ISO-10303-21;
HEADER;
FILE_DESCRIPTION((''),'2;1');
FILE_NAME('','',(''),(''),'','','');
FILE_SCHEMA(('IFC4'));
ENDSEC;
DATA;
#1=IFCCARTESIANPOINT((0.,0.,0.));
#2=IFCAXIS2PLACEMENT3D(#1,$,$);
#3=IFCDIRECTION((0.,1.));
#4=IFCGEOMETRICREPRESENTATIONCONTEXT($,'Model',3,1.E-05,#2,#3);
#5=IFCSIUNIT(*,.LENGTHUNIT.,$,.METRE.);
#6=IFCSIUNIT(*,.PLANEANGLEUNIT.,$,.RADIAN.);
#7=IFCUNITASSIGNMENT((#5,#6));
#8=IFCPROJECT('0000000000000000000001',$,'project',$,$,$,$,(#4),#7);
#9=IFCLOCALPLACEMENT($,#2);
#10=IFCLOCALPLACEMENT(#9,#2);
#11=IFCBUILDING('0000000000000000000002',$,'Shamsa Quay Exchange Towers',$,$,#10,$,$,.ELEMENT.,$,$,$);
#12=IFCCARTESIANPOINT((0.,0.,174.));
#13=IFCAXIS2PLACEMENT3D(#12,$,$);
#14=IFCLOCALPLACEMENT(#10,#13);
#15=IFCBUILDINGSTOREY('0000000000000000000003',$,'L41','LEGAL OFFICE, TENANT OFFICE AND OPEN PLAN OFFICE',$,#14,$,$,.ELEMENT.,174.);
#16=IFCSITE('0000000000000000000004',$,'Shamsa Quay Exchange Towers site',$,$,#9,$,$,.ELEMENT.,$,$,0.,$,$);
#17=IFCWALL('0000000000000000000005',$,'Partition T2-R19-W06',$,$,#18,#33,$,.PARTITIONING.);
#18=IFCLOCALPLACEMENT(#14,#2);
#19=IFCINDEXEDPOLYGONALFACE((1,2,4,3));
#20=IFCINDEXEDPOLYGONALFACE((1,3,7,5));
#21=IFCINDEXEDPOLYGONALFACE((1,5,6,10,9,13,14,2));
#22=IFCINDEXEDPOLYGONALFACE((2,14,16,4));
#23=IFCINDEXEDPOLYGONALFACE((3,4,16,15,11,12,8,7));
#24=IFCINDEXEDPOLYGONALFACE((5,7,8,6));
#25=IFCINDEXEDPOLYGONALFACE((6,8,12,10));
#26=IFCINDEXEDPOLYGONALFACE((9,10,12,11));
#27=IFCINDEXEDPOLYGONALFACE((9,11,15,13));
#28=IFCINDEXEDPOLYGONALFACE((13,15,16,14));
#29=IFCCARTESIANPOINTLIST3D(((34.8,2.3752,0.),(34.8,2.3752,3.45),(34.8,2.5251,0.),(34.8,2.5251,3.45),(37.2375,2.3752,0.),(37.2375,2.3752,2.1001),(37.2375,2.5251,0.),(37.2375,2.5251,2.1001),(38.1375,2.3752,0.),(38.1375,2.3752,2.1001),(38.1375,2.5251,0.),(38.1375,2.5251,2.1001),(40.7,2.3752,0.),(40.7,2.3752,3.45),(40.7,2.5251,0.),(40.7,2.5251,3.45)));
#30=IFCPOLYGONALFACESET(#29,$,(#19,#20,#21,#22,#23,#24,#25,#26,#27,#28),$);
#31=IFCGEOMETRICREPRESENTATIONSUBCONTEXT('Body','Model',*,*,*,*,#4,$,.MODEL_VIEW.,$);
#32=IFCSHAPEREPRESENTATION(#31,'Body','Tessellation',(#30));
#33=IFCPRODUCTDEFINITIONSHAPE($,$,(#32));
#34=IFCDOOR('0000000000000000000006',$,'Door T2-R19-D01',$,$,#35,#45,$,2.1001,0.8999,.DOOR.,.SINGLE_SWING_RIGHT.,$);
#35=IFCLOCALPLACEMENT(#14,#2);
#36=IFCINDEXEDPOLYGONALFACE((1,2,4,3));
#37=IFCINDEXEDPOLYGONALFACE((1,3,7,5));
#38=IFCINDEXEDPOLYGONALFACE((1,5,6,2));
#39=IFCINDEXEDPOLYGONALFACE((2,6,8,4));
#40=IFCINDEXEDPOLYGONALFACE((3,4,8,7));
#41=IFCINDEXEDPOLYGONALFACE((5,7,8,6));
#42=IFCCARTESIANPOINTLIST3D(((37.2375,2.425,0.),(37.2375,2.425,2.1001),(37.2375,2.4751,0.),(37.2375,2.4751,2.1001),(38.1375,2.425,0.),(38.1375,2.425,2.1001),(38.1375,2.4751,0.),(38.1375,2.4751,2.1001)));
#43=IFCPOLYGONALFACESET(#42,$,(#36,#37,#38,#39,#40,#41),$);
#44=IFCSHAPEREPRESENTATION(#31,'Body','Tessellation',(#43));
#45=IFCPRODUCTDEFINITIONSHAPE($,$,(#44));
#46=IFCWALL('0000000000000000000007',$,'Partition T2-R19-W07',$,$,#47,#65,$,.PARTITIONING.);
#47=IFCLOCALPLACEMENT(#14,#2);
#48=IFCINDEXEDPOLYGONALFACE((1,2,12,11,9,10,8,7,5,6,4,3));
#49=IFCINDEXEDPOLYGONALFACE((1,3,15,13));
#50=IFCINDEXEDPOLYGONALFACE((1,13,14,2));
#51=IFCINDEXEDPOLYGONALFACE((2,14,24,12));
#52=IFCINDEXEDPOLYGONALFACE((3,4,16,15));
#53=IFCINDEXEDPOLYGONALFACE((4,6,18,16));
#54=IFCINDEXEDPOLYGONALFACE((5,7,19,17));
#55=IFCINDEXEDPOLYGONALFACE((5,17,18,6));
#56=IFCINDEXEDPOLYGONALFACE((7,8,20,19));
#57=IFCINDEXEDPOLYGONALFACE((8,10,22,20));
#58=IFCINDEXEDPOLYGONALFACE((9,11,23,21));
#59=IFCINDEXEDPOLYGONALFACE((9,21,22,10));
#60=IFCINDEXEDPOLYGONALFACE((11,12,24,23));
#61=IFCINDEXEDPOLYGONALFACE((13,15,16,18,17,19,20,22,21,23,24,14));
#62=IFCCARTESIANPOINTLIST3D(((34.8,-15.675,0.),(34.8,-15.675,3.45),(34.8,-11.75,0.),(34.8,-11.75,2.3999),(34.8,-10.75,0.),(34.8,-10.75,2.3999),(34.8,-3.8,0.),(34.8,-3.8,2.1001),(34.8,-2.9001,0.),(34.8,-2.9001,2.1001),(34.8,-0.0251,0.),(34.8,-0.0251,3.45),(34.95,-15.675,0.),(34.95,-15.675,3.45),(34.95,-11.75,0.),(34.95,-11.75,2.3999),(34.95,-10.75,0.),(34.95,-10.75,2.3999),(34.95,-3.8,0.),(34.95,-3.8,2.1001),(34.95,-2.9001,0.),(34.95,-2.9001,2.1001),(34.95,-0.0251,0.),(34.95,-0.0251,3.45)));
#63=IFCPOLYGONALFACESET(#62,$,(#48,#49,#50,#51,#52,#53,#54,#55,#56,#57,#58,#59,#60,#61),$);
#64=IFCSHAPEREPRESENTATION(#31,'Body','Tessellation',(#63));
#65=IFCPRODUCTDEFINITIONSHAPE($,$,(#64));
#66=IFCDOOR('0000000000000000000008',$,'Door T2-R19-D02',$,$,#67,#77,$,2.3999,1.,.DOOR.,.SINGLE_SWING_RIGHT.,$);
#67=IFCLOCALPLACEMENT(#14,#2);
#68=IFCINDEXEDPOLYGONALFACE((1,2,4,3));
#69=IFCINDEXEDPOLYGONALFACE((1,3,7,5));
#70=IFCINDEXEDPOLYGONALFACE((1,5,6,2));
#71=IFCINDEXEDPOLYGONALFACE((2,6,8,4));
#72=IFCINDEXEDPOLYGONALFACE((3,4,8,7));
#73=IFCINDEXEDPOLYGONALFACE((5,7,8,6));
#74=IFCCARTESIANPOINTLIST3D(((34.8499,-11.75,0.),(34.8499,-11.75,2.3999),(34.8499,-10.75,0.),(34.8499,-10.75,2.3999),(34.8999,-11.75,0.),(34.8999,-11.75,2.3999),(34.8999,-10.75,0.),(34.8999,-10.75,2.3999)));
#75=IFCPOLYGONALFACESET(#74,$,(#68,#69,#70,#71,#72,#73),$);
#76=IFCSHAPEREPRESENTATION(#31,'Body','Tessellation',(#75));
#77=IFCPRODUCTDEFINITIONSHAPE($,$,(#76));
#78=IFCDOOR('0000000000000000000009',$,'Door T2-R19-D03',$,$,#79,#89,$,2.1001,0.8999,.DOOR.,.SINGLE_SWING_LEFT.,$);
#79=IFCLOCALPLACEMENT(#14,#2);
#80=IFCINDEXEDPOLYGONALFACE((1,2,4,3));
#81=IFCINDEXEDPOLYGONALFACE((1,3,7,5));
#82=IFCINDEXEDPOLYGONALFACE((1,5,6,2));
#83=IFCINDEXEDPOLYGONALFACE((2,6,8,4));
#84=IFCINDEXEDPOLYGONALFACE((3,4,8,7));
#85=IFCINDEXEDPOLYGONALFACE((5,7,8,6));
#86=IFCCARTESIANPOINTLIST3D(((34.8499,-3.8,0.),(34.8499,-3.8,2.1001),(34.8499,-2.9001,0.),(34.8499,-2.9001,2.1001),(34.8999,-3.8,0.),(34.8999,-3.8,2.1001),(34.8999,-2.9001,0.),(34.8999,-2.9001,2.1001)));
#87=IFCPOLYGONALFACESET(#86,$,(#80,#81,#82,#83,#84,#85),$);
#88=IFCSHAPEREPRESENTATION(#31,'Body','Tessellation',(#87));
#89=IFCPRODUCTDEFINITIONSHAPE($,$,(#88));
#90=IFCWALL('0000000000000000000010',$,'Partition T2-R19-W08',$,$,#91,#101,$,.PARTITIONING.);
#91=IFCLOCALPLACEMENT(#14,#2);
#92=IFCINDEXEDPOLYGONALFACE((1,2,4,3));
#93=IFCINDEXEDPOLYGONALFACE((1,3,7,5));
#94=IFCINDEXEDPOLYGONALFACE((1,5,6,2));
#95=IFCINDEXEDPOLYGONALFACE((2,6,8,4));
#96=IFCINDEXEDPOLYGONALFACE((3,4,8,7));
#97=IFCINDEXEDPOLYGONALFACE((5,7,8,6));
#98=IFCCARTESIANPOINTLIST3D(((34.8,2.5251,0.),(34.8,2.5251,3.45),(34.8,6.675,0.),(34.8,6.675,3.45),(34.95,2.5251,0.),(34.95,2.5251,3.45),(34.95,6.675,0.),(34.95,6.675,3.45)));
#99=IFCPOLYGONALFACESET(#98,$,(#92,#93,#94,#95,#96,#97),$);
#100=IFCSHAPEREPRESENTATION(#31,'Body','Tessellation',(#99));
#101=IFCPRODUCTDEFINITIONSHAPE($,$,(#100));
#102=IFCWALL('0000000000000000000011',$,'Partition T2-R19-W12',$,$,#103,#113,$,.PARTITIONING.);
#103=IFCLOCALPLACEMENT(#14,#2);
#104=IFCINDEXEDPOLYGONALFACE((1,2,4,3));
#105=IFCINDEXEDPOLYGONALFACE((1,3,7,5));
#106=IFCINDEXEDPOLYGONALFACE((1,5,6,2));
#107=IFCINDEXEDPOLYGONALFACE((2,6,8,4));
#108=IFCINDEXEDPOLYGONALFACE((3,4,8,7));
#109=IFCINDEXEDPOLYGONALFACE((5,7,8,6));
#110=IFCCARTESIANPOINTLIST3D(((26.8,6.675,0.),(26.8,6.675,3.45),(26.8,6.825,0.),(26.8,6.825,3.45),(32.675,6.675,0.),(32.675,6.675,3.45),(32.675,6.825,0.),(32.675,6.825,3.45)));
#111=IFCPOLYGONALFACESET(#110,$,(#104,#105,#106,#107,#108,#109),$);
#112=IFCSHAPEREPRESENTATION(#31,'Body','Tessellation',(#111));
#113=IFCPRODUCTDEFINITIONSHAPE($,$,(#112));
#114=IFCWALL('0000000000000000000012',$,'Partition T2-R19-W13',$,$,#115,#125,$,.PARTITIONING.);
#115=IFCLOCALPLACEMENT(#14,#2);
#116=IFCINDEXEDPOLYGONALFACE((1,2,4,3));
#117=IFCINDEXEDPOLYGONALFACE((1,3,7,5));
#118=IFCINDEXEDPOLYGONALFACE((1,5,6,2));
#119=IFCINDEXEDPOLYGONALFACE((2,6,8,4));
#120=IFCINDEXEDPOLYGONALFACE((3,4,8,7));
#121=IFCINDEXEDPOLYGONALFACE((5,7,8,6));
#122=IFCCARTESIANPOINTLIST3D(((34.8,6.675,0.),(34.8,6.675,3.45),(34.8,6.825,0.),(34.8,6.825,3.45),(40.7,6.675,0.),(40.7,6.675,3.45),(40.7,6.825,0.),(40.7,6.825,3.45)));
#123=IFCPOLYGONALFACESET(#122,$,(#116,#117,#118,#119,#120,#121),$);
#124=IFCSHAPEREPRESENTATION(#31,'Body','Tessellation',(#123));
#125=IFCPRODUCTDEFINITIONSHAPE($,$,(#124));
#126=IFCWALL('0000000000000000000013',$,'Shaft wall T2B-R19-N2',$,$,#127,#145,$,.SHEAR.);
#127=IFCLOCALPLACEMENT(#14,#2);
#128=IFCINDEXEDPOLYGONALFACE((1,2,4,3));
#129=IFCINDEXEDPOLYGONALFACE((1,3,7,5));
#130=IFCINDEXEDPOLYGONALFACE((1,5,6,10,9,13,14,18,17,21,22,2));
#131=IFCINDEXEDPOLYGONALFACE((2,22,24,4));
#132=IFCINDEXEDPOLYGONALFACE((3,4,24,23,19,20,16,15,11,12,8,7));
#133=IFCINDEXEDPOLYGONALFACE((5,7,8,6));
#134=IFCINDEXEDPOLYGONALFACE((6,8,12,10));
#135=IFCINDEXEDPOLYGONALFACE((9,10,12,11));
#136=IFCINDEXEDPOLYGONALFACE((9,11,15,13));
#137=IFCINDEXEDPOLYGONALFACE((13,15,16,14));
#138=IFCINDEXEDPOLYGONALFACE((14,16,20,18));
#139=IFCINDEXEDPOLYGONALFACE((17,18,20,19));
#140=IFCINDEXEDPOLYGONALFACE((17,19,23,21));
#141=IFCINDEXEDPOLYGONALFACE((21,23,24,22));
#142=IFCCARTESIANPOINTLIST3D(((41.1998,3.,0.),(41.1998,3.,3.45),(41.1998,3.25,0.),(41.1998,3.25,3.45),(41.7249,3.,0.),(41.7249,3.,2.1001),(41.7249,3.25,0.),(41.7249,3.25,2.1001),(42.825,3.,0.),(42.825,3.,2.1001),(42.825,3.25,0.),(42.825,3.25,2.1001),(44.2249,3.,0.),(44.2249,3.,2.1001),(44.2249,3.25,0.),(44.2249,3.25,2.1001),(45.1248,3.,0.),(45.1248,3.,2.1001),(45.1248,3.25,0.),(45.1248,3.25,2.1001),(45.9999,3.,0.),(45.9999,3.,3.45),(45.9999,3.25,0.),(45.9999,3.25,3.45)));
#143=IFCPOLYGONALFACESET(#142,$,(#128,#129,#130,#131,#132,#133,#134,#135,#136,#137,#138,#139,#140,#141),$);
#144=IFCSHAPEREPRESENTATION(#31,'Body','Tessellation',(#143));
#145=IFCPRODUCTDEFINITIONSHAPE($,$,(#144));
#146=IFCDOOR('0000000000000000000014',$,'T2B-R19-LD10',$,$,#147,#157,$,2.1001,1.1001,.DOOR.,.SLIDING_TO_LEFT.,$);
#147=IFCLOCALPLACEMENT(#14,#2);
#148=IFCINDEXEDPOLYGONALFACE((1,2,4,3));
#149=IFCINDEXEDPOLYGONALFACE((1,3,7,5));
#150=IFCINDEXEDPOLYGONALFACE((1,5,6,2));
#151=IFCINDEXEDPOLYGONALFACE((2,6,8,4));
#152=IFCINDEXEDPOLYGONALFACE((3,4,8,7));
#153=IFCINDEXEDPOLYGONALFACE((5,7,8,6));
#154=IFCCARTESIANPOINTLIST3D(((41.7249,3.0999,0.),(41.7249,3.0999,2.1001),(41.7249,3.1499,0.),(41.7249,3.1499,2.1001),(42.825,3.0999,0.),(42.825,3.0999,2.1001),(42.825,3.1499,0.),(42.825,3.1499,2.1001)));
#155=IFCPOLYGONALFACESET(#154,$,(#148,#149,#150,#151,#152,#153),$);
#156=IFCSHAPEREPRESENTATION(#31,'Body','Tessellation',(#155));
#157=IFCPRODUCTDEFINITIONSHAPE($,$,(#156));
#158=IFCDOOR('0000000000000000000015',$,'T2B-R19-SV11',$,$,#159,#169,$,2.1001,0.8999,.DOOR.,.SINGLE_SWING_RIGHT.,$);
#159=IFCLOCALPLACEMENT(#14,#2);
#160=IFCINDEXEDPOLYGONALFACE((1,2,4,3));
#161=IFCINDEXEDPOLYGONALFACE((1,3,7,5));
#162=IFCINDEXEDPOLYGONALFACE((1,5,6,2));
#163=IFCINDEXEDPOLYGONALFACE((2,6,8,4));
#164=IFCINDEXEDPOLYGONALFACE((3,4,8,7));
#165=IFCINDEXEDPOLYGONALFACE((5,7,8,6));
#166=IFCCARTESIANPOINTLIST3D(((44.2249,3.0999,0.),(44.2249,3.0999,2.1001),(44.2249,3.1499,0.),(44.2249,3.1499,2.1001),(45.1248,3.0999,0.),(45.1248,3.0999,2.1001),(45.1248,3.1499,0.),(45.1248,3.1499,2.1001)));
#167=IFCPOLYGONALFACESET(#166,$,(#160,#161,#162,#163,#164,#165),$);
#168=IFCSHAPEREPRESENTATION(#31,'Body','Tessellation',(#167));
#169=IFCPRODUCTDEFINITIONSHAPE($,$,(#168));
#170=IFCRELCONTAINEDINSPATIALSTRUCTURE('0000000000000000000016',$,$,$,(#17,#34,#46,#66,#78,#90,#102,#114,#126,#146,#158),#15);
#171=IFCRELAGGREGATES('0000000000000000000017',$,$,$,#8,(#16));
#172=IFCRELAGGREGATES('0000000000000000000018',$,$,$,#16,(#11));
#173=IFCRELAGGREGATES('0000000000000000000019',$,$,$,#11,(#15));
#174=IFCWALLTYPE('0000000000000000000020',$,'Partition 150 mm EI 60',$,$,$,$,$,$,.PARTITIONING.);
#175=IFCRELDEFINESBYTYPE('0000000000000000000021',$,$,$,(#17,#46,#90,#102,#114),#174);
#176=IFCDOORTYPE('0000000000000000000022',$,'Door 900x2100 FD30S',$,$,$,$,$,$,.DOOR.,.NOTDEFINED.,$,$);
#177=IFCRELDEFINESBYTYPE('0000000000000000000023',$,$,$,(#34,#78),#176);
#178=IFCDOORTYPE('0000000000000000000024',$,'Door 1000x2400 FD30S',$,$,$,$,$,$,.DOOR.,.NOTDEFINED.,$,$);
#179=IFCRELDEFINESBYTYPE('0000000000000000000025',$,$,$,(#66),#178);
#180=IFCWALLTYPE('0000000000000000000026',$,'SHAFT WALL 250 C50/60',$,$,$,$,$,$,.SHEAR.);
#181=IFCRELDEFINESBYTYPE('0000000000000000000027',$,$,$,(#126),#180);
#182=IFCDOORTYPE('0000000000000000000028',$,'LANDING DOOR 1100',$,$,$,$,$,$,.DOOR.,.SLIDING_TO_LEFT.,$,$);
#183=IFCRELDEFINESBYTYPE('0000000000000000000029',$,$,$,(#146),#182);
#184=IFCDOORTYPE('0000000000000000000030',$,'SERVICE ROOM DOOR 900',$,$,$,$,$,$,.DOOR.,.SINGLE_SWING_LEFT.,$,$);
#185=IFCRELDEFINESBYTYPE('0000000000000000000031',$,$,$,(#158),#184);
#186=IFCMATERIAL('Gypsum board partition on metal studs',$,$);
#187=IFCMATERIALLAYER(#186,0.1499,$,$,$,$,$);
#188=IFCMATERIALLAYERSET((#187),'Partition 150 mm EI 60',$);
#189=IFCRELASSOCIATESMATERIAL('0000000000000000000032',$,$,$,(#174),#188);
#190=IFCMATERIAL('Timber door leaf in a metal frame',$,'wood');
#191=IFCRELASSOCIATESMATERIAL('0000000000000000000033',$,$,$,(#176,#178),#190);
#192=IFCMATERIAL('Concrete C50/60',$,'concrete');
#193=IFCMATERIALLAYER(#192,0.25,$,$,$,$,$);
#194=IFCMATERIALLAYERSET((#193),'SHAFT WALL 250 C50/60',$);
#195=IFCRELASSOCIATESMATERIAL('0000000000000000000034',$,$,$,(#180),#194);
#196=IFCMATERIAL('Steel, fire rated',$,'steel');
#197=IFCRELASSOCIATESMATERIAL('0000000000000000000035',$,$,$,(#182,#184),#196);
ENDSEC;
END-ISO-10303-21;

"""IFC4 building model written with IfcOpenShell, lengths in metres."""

from ifc_helpers import new_model, si_unit, direction, frame, frame_2d, origin, place, context, subcontext, project, spatial, rectangle, extrude, material, layer, layer_set, type_object, element, fill, save


model = new_model("IFC4")

# Units and contexts
model_context = context("Model", 3, precision=1e-05, world=origin(), true_north=direction((0.0, 1.0)))
body_context = subcontext(model_context, "Body", "Model", "MODEL_VIEW")
ifc_project = project(units=[si_unit("LENGTHUNIT", "METRE"), si_unit("PLANEANGLEUNIT", "RADIAN")], contexts=[model_context])

# Site, building, storey
site_placement = place(None, origin())
site = spatial("IfcSite", under=ifc_project, at=site_placement, Name="Shamsa Quay Exchange Towers site", CompositionType="ELEMENT", RefElevation=0.0)
building_placement = place(site_placement, origin())
building = spatial("IfcBuilding", under=site, at=building_placement, Name="Shamsa Quay Exchange Towers", CompositionType="ELEMENT")
storey_placement = place(building_placement, frame((0.0, 0.0, 174.0)))
storey = spatial("IfcBuildingStorey", under=building, at=storey_placement, Name="L41", Description="LEGAL OFFICE, TENANT OFFICE AND OPEN PLAN OFFICE", CompositionType="ELEMENT", Elevation=174.0)

# Shared definitions
ifc_material_1 = material(Name="Gypsum board partition on metal studs")
ifc_layer_1 = layer(ifc_material_1, 0.1499)
ifc_layer_set_1 = layer_set([ifc_layer_1], Name="Partition 150 mm EI 60")
wall_type_1 = type_object("IfcWallType", Name="Partition 150 mm EI 60", PredefinedType="PARTITIONING", material=ifc_layer_set_1)

# Wall, opening, door
wall_1_placement = place(storey_placement, frame((34.8, 2.4502, 0.0)))
wall_1 = element("IfcWall", 1, at=wall_1_placement, inside=storey, type_object=wall_type_1, Name="Partition T2-R19-W06", PredefinedType="PARTITIONING", context=body_context, shape_type="SweptSolid", body=[
    extrude(rectangle(XDim=5.8999, YDim=0.1499, at=frame_2d((2.95, 0.0))), origin(), (0.0, 0.0, 1.0), 3.45),
])
opening_1_placement = place(wall_1_placement, frame((2.4375, 0.0, 0.0)))
opening_1 = element("IfcOpeningElement", 2, at=opening_1_placement, cuts=wall_1, PredefinedType="OPENING", context=body_context, shape_type="SweptSolid", body=[
    extrude(rectangle(XDim=0.8999, YDim=2.1001, at=frame_2d((0.45, 1.05))), frame((0.0, 0.085, 0.0), z_axis=(0.0, -1.0, 0.0), x_axis=(1.0, 0.0, 0.0)), (0.0, 0.0, 1.0), 0.1699),
])
ifc_material_2 = material(Name="Timber door leaf in a metal frame", Category="wood")
door_type_1 = type_object("IfcDoorType", Name="Door 900x2100 FD30S", OperationType="NOTDEFINED", PredefinedType="DOOR", material=ifc_material_2)
door_1_placement = place(opening_1_placement, origin())
door_1 = element("IfcDoor", 3, at=door_1_placement, inside=storey, type_object=door_type_1, Name="Door T2-R19-D01", OperationType="SINGLE_SWING_RIGHT", OverallHeight=2.1001, OverallWidth=0.8999, PredefinedType="DOOR", context=body_context, shape_type="SweptSolid", body=[
    extrude(rectangle(XDim=0.8999, YDim=2.1001, at=frame_2d((0.45, 1.05))), frame((0.0, 0.0249, 0.0), z_axis=(0.0, -1.0, 0.0), x_axis=(1.0, 0.0, 0.0)), (0.0, 0.0, 1.0), 0.05),
])
fill(opening_1, door_1)

# Wall, openings, doors
wall_2_placement = place(storey_placement, frame((34.875, -0.0251, 0.0), z_axis=(0.0, 0.0, 1.0), x_axis=(0.0, -1.0, 0.0)))
wall_2 = element("IfcWall", 4, at=wall_2_placement, inside=storey, type_object=wall_type_1, Name="Partition T2-R19-W07", PredefinedType="PARTITIONING", context=body_context, shape_type="SweptSolid", body=[
    extrude(rectangle(XDim=15.6499, YDim=0.1499, at=frame_2d((7.825, 0.0))), origin(), (0.0, 0.0, 1.0), 3.45),
])
opening_2_placement = place(wall_2_placement, frame((10.7249, 0.0, 0.0)))
opening_2 = element("IfcOpeningElement", 5, at=opening_2_placement, cuts=wall_2, PredefinedType="OPENING", context=body_context, shape_type="SweptSolid", body=[
    extrude(rectangle(XDim=1.0, YDim=2.3999, at=frame_2d((0.5, 1.2))), frame((0.0, 0.085, 0.0), z_axis=(0.0, -1.0, 0.0), x_axis=(1.0, 0.0, 0.0)), (0.0, 0.0, 1.0), 0.1699),
])
opening_3_placement = place(wall_2_placement, frame((2.875, 0.0, 0.0)))
opening_3 = element("IfcOpeningElement", 6, at=opening_3_placement, cuts=wall_2, PredefinedType="OPENING", context=body_context, shape_type="SweptSolid", body=[
    extrude(rectangle(XDim=0.8999, YDim=2.1001, at=frame_2d((0.45, 1.05))), frame((0.0, 0.085, 0.0), z_axis=(0.0, -1.0, 0.0), x_axis=(1.0, 0.0, 0.0)), (0.0, 0.0, 1.0), 0.1699),
])
door_type_2 = type_object("IfcDoorType", Name="Door 1000x2400 FD30S", OperationType="NOTDEFINED", PredefinedType="DOOR", material=ifc_material_2)
door_2_placement = place(opening_2_placement, origin())
door_2 = element("IfcDoor", 7, at=door_2_placement, inside=storey, type_object=door_type_2, Name="Door T2-R19-D02", OperationType="SINGLE_SWING_RIGHT", OverallHeight=2.3999, OverallWidth=1.0, PredefinedType="DOOR", context=body_context, shape_type="SweptSolid", body=[
    extrude(rectangle(XDim=1.0, YDim=2.3999, at=frame_2d((0.5, 1.2))), frame((0.0, 0.0249, 0.0), z_axis=(0.0, -1.0, 0.0), x_axis=(1.0, 0.0, 0.0)), (0.0, 0.0, 1.0), 0.05),
])
fill(opening_2, door_2)
door_3_placement = place(opening_3_placement, origin())
door_3 = element("IfcDoor", 8, at=door_3_placement, inside=storey, type_object=door_type_1, Name="Door T2-R19-D03", OperationType="SINGLE_SWING_LEFT", OverallHeight=2.1001, OverallWidth=0.8999, PredefinedType="DOOR", context=body_context, shape_type="SweptSolid", body=[
    extrude(rectangle(XDim=0.8999, YDim=2.1001, at=frame_2d((0.45, 1.05))), frame((0.0, 0.0249, 0.0), z_axis=(0.0, -1.0, 0.0), x_axis=(1.0, 0.0, 0.0)), (0.0, 0.0, 1.0), 0.05),
])
fill(opening_3, door_3)

# Walls
wall_3_placement = place(storey_placement, frame((34.875, 6.675, 0.0), z_axis=(0.0, 0.0, 1.0), x_axis=(0.0, -1.0, 0.0)))
element("IfcWall", 9, at=wall_3_placement, inside=storey, type_object=wall_type_1, Name="Partition T2-R19-W08", PredefinedType="PARTITIONING", context=body_context, shape_type="SweptSolid", body=[
    extrude(rectangle(XDim=4.1499, YDim=0.1499, at=frame_2d((2.075, 0.0))), origin(), (0.0, 0.0, 1.0), 3.45),
])
wall_4_placement = place(storey_placement, frame((32.675, 6.75, 0.0), z_axis=(0.0, 0.0, 1.0), x_axis=(-1.0, 0.0, 0.0)))
element("IfcWall", 10, at=wall_4_placement, inside=storey, type_object=wall_type_1, Name="Partition T2-R19-W12", PredefinedType="PARTITIONING", context=body_context, shape_type="SweptSolid", body=[
    extrude(rectangle(XDim=5.875, YDim=0.1499, at=frame_2d((2.9375, 0.0))), origin(), (0.0, 0.0, 1.0), 3.45),
])
wall_5_placement = place(storey_placement, frame((40.7, 6.75, 0.0), z_axis=(0.0, 0.0, 1.0), x_axis=(-1.0, 0.0, 0.0)))
element("IfcWall", 11, at=wall_5_placement, inside=storey, type_object=wall_type_1, Name="Partition T2-R19-W13", PredefinedType="PARTITIONING", context=body_context, shape_type="SweptSolid", body=[
    extrude(rectangle(XDim=5.8999, YDim=0.1499, at=frame_2d((2.95, 0.0))), origin(), (0.0, 0.0, 1.0), 3.45),
])

# Wall, openings, doors
ifc_material_3 = material(Name="Concrete C50/60", Category="concrete")
ifc_layer_2 = layer(ifc_material_3, 0.25)
ifc_layer_set_2 = layer_set([ifc_layer_2], Name="SHAFT WALL 250 C50/60")
wall_type_2 = type_object("IfcWallType", Name="SHAFT WALL 250 C50/60", PredefinedType="SHEAR", material=ifc_layer_set_2)
wall_6_placement = place(storey_placement, frame((41.2, 3.125, 0.0)))
wall_6 = element("IfcWall", 12, at=wall_6_placement, inside=storey, type_object=wall_type_2, Name="Shaft wall T2B-R19-N2", PredefinedType="SHEAR", context=body_context, shape_type="SweptSolid", body=[
    extrude(rectangle(XDim=4.8, YDim=0.25, at=frame_2d((2.3999, 0.0))), origin(), (0.0, 0.0, 1.0), 3.45),
])
opening_4_placement = place(wall_6_placement, frame((0.5249, 0.0, 0.0)))
opening_4 = element("IfcOpeningElement", 13, at=opening_4_placement, cuts=wall_6, PredefinedType="OPENING", context=body_context, shape_type="SweptSolid", body=[
    extrude(rectangle(XDim=1.1001, YDim=2.1001, at=frame_2d((0.55, 1.05))), frame((0.0, 0.135, 0.0), z_axis=(0.0, -1.0, 0.0), x_axis=(1.0, 0.0, 0.0)), (0.0, 0.0, 1.0), 0.27),
])
opening_5_placement = place(wall_6_placement, frame((3.0249, 0.0, 0.0)))
opening_5 = element("IfcOpeningElement", 14, at=opening_5_placement, cuts=wall_6, PredefinedType="OPENING", context=body_context, shape_type="SweptSolid", body=[
    extrude(rectangle(XDim=0.8999, YDim=2.1001, at=frame_2d((0.45, 1.05))), frame((0.0, 0.135, 0.0), z_axis=(0.0, -1.0, 0.0), x_axis=(1.0, 0.0, 0.0)), (0.0, 0.0, 1.0), 0.27),
])
ifc_material_4 = material(Name="Steel, fire rated", Category="steel")
door_type_3 = type_object("IfcDoorType", Name="LANDING DOOR 1100", OperationType="SLIDING_TO_LEFT", PredefinedType="DOOR", material=ifc_material_4)
door_4_placement = place(opening_4_placement, origin())
door_4 = element("IfcDoor", 15, at=door_4_placement, inside=storey, type_object=door_type_3, Name="T2B-R19-LD10", OperationType="SLIDING_TO_LEFT", OverallHeight=2.1001, OverallWidth=1.1001, PredefinedType="DOOR", context=body_context, shape_type="SweptSolid", body=[
    extrude(rectangle(XDim=1.1001, YDim=2.1001, at=frame_2d((0.55, 1.05))), frame((0.0, 0.0249, 0.0), z_axis=(0.0, -1.0, 0.0), x_axis=(1.0, 0.0, 0.0)), (0.0, 0.0, 1.0), 0.05),
])
fill(opening_4, door_4)
door_type_4 = type_object("IfcDoorType", Name="SERVICE ROOM DOOR 900", OperationType="SINGLE_SWING_LEFT", PredefinedType="DOOR", material=ifc_material_4)
door_5_placement = place(opening_5_placement, origin())
door_5 = element("IfcDoor", 16, at=door_5_placement, inside=storey, type_object=door_type_4, Name="T2B-R19-SV11", OperationType="SINGLE_SWING_RIGHT", OverallHeight=2.1001, OverallWidth=0.8999, PredefinedType="DOOR", context=body_context, shape_type="SweptSolid", body=[
    extrude(rectangle(XDim=0.8999, YDim=2.1001, at=frame_2d((0.45, 1.05))), frame((0.0, 0.0249, 0.0), z_axis=(0.0, -1.0, 0.0), x_axis=(1.0, 0.0, 0.0)), (0.0, 0.0, 1.0), 0.05),
])
fill(opening_5, door_5)

save(model, "model.ifc")
